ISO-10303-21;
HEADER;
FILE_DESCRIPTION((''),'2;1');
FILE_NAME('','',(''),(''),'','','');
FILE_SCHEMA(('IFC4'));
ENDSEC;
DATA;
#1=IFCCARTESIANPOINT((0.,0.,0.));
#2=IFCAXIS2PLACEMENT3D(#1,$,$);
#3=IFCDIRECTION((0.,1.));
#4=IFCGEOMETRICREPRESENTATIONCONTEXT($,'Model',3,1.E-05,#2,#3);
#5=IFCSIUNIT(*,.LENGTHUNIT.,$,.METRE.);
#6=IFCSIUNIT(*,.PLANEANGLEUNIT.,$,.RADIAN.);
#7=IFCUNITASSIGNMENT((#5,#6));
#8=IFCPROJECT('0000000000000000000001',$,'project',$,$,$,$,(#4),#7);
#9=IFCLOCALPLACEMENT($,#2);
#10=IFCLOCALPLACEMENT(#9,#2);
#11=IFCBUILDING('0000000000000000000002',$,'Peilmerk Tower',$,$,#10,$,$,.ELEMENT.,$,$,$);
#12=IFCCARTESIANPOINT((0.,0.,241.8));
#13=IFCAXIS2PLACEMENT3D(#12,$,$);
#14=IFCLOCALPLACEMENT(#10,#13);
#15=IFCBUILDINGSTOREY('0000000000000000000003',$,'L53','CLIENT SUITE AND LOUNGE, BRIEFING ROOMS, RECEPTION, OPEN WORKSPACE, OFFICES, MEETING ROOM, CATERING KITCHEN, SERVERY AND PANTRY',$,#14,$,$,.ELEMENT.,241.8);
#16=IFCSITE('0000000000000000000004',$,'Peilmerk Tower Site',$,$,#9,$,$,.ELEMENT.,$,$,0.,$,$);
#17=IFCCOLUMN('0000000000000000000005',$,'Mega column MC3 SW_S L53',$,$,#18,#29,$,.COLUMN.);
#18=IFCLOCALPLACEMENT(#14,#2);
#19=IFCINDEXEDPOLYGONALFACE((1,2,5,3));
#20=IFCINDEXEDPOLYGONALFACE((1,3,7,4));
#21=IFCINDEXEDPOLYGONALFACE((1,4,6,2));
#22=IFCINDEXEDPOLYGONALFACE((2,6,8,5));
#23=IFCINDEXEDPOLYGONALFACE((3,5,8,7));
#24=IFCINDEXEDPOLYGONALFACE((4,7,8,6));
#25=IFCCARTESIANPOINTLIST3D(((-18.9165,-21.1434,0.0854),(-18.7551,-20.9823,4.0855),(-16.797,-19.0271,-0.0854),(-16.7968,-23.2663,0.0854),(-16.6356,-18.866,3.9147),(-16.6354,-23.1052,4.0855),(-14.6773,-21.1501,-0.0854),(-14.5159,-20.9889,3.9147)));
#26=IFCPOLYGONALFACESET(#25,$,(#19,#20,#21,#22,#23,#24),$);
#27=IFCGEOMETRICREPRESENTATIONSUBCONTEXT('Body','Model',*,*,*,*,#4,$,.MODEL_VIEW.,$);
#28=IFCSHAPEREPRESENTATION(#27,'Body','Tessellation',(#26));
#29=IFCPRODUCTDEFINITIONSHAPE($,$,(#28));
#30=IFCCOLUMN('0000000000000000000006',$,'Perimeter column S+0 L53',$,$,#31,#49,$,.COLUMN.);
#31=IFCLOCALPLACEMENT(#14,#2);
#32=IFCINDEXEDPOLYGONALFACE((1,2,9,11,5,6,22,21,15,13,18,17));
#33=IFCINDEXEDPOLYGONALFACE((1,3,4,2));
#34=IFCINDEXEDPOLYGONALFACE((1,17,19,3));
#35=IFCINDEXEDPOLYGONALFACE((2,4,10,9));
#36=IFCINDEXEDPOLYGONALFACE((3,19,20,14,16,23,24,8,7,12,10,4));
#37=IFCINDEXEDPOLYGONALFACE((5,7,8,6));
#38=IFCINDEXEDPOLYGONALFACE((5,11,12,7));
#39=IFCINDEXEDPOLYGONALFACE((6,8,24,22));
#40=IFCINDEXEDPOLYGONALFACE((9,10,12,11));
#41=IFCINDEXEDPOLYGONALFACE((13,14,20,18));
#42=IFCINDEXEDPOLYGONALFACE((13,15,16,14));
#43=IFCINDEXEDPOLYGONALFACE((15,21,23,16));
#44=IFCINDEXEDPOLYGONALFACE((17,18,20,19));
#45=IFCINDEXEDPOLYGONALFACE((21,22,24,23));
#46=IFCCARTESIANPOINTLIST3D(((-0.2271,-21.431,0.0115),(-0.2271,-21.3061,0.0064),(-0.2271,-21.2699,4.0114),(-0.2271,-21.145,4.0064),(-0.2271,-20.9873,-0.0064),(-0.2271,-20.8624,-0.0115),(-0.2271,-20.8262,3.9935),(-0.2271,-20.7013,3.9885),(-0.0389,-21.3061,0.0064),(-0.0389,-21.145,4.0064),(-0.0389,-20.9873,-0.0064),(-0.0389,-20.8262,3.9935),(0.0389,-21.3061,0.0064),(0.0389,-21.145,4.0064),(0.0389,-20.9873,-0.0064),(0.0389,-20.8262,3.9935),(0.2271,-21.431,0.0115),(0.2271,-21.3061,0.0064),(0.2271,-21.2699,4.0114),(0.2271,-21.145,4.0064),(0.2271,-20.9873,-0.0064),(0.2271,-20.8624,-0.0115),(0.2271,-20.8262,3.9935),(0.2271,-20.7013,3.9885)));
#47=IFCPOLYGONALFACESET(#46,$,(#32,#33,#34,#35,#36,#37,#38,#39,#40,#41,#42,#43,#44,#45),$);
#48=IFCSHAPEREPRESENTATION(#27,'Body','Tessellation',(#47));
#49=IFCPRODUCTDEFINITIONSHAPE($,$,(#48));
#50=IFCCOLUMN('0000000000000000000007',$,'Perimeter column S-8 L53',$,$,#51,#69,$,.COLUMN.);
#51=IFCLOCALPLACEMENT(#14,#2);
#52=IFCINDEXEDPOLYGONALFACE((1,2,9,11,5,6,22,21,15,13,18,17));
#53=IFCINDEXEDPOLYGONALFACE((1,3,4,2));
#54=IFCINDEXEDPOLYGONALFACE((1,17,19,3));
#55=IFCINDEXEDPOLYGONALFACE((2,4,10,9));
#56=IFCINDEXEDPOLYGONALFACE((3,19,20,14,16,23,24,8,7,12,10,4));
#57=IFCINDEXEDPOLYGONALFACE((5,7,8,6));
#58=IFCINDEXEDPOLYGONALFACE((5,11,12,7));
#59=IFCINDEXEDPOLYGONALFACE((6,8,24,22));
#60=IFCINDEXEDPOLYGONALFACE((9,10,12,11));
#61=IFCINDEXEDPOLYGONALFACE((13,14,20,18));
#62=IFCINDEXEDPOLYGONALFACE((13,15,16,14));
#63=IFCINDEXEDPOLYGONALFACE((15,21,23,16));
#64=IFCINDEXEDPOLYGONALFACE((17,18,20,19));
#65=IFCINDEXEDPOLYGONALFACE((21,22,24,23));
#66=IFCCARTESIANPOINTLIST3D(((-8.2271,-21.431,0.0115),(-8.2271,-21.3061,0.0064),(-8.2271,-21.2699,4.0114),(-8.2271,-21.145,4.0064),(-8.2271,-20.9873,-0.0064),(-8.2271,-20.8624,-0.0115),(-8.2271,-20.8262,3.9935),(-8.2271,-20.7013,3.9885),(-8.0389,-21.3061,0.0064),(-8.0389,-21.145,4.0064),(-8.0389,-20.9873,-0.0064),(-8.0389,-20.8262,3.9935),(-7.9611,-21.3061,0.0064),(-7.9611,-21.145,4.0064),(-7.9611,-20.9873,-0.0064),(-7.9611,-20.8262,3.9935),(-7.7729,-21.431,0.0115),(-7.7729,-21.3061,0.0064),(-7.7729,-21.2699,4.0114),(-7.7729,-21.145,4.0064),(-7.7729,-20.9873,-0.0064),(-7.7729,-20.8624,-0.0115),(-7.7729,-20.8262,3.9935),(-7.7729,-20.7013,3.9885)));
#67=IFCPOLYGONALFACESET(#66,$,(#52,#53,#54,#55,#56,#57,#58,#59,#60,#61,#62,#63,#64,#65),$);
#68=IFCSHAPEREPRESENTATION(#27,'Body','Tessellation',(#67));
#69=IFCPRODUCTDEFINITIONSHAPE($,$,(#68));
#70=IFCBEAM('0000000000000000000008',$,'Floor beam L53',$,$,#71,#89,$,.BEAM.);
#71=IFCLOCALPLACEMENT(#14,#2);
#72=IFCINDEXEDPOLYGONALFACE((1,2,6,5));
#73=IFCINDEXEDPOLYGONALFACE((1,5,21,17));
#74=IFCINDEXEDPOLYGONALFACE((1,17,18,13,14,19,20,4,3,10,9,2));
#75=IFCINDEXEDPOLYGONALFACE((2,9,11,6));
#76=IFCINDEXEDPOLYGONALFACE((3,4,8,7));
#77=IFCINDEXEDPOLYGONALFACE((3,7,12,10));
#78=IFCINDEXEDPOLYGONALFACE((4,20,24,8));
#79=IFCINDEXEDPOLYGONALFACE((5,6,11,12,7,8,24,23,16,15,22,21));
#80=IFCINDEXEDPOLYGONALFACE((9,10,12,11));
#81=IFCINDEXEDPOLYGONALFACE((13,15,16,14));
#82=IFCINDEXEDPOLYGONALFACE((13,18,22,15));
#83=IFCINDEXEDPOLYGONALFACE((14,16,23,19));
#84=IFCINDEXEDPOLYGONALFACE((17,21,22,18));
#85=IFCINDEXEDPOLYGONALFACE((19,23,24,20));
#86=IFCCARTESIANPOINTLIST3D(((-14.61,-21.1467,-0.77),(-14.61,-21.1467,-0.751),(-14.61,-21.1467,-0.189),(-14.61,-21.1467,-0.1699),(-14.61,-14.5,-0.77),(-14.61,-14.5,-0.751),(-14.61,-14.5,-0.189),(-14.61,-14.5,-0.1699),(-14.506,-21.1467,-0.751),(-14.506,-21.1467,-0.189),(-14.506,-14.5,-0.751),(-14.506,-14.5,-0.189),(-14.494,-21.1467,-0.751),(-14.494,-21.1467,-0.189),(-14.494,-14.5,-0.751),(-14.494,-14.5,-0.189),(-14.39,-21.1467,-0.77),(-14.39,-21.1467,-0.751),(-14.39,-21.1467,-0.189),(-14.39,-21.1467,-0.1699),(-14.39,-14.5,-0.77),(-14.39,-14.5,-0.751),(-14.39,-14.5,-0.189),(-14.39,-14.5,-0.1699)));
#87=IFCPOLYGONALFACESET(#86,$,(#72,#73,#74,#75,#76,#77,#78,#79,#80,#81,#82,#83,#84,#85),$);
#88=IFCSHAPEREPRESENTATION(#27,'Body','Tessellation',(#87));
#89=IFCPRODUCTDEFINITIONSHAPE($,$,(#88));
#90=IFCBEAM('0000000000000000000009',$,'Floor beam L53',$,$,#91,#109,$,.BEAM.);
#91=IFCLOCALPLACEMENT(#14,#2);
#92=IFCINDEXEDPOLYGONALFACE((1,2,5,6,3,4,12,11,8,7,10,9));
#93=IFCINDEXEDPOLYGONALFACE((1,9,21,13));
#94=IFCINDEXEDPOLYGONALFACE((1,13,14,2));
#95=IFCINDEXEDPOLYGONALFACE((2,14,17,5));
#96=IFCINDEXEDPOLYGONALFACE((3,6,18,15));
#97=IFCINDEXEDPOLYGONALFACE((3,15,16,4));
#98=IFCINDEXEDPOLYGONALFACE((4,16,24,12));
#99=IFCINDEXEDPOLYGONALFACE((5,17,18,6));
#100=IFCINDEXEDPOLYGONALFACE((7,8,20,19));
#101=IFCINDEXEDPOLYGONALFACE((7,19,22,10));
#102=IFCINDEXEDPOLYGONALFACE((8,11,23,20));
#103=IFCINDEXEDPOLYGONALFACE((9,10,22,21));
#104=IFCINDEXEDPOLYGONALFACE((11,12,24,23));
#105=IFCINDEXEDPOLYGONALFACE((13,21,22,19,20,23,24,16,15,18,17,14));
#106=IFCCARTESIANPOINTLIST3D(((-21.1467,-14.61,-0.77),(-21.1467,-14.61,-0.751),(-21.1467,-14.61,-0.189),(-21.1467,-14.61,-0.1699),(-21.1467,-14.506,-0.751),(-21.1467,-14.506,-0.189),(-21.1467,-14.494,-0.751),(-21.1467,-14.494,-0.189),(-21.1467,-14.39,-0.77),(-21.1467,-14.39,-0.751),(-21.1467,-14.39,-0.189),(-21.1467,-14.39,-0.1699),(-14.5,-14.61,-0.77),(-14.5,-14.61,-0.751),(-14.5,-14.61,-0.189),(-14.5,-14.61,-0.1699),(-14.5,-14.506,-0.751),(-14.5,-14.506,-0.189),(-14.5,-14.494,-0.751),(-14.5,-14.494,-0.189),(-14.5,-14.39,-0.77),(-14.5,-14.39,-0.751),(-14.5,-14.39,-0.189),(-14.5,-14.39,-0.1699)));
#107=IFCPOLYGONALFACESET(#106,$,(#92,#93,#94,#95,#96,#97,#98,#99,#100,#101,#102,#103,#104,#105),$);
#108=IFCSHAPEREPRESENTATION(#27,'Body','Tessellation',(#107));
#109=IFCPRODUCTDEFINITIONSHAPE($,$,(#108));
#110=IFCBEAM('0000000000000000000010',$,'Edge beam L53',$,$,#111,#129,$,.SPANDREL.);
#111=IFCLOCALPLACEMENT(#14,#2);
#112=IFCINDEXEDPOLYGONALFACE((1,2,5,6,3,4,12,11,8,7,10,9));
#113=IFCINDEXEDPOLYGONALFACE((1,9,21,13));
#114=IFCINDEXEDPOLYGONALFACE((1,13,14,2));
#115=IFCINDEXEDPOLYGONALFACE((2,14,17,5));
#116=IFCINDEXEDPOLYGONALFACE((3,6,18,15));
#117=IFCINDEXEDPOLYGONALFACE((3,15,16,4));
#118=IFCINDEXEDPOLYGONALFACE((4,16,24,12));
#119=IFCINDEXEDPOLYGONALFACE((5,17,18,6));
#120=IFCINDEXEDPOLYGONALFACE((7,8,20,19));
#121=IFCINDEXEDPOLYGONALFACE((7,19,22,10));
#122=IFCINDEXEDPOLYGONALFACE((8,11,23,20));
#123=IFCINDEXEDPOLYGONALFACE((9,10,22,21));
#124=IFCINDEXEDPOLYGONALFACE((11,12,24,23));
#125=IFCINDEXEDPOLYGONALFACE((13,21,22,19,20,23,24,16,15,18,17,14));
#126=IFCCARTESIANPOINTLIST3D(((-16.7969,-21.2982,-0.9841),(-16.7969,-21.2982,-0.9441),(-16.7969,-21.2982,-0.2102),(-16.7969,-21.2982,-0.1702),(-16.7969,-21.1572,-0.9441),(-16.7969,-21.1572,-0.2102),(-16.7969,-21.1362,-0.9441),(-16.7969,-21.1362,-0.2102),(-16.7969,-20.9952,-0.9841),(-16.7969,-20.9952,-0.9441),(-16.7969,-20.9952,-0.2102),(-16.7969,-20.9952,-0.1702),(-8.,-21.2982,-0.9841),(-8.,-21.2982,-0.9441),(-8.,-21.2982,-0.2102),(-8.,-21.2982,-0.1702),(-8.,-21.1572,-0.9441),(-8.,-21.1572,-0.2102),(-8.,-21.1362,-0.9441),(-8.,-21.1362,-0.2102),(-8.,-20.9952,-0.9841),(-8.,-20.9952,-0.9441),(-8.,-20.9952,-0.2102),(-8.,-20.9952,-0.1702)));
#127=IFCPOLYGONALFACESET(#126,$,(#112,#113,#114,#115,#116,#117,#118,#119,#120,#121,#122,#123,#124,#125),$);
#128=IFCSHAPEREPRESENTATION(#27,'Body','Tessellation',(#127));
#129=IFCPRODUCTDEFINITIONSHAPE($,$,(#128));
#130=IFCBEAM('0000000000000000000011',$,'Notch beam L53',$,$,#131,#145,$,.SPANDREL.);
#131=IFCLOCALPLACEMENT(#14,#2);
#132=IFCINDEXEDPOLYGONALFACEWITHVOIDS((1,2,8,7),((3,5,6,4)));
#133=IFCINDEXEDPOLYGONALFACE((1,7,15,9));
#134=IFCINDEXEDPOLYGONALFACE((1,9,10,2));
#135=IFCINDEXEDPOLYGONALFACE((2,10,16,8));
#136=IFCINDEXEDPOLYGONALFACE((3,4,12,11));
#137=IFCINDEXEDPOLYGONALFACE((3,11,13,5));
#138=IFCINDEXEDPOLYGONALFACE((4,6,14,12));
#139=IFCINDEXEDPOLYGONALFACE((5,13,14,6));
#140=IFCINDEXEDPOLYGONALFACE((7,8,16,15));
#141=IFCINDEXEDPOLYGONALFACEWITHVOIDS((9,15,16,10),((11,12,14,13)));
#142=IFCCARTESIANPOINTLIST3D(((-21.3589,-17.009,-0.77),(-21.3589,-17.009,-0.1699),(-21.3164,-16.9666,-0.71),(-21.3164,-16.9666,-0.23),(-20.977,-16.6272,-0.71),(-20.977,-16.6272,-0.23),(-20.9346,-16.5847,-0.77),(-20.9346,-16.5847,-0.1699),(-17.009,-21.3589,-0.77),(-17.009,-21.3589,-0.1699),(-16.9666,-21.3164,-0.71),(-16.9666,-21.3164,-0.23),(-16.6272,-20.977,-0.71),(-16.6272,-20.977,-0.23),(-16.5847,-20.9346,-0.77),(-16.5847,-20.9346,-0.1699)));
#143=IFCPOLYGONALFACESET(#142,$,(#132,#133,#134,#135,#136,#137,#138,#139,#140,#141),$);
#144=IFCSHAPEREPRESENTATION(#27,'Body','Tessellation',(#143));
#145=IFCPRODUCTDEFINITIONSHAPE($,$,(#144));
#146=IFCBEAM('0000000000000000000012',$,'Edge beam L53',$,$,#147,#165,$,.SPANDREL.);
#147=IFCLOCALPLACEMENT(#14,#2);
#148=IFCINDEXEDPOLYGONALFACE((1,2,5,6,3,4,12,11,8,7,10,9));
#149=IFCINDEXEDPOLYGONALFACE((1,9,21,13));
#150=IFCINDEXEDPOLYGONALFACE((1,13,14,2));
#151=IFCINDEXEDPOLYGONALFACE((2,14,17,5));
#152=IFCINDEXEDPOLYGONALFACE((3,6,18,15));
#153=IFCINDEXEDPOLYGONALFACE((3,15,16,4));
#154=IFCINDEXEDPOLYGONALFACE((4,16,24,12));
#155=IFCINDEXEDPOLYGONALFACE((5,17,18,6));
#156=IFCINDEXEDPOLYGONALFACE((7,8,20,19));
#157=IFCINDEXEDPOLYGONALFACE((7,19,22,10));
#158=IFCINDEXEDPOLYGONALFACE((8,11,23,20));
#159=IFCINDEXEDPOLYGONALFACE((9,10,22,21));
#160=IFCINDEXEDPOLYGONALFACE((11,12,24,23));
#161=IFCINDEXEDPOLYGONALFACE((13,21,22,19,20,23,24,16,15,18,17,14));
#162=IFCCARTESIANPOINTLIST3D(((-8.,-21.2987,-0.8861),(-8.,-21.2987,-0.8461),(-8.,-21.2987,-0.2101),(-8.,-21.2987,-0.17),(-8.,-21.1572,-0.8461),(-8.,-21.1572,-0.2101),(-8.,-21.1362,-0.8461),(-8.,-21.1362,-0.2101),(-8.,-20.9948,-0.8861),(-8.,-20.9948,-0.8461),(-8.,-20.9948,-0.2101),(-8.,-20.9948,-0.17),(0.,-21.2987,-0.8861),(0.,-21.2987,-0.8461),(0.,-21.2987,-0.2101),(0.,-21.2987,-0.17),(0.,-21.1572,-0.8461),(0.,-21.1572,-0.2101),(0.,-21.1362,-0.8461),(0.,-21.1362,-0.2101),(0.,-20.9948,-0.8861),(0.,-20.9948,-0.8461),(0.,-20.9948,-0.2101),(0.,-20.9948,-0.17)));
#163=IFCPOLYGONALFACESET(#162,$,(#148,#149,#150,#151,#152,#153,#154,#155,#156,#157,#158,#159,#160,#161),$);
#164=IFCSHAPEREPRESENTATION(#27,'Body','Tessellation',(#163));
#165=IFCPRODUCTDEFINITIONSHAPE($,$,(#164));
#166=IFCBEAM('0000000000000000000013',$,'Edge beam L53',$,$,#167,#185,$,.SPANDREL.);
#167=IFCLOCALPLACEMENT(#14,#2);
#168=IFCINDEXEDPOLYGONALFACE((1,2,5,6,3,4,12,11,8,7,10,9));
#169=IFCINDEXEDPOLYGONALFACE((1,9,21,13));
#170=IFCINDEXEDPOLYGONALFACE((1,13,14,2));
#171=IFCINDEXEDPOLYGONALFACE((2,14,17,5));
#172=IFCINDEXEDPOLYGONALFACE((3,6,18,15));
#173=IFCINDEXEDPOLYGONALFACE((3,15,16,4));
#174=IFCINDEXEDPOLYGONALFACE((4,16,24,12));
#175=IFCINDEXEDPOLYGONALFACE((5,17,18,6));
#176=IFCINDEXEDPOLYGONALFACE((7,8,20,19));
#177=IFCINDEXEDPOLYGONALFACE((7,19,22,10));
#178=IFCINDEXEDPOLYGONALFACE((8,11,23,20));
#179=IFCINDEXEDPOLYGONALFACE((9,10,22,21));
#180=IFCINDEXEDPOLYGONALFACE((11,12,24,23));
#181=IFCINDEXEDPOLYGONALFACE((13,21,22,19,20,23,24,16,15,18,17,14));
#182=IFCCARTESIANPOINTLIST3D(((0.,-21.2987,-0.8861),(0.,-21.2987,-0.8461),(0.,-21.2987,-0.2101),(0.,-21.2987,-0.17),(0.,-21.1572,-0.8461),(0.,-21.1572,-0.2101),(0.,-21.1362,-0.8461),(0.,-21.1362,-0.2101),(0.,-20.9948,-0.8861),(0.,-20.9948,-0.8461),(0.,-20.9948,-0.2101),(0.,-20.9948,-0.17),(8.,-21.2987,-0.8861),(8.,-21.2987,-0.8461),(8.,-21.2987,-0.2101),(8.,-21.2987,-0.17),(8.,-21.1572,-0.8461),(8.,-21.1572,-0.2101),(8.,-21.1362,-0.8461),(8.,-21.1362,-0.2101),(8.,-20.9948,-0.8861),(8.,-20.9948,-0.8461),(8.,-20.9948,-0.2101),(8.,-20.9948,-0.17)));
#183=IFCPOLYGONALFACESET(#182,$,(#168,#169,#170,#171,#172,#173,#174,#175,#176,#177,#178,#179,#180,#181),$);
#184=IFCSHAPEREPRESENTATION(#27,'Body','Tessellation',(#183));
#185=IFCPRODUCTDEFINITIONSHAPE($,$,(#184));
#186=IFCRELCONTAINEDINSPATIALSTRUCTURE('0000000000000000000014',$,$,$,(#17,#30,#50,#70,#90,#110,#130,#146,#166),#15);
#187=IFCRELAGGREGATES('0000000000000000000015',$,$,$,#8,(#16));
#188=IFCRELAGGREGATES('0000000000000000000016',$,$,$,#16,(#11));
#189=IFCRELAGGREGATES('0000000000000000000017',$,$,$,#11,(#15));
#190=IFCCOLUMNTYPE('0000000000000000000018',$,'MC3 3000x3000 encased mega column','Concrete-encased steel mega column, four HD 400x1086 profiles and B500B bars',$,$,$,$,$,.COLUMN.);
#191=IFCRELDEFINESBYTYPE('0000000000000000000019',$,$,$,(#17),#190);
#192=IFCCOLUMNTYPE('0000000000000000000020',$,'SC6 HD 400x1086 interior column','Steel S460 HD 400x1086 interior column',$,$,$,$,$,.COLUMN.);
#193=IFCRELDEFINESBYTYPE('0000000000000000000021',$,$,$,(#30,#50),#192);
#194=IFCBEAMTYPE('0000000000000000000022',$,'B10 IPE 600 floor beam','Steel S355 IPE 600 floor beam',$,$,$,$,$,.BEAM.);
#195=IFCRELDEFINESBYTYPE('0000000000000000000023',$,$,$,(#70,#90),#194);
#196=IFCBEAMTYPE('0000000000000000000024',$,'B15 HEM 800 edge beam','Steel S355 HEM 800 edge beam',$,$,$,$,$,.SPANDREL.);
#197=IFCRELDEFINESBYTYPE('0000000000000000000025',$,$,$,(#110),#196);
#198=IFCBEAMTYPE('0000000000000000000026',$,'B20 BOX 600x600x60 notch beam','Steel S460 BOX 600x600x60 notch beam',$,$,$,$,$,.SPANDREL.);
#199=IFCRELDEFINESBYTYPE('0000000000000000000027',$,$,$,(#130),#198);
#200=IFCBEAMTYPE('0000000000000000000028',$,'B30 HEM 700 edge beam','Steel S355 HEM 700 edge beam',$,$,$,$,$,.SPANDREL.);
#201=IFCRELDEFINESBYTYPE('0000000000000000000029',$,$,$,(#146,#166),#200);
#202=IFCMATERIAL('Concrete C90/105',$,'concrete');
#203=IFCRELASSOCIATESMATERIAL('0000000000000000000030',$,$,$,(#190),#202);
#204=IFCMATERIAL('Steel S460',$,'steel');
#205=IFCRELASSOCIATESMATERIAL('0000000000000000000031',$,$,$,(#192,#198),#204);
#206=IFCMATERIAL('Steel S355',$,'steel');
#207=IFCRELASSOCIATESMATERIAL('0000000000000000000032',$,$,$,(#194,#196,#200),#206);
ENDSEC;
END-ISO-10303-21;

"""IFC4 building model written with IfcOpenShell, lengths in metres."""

from ifc_helpers import new_model, si_unit, direction, frame, origin, origin_2d, place, context, subcontext, project, spatial, rectangle, hollow_rectangle, i_section, extrude, material, material_profile, profile_set, type_object, element, save


model = new_model("IFC4")

# Units and contexts
model_context = context("Model", 3, precision=1e-05, world=origin(), true_north=direction((0.0, 1.0)))
body_context = subcontext(model_context, "Body", "Model", "MODEL_VIEW")
ifc_project = project(units=[si_unit("LENGTHUNIT", "METRE"), si_unit("PLANEANGLEUNIT", "RADIAN")], contexts=[model_context])

# Site, building, storey
site_placement = place(None, origin())
site = spatial("IfcSite", under=ifc_project, at=site_placement, Name="Peilmerk Tower Site", CompositionType="ELEMENT", RefElevation=0.0)
building_placement = place(site_placement, origin())
building = spatial("IfcBuilding", under=site, at=building_placement, Name="Peilmerk Tower", CompositionType="ELEMENT")
storey_placement = place(building_placement, frame((0.0, 0.0, 241.8)))
storey = spatial("IfcBuildingStorey", under=building, at=storey_placement, Name="L53", Description="CLIENT SUITE AND LOUNGE, BRIEFING ROOMS, RECEPTION, OPEN WORKSPACE, OFFICES, MEETING ROOM, CATERING KITCHEN, SERVERY AND PANTRY", CompositionType="ELEMENT", Elevation=241.8)

# Columns
ifc_material_1 = material(Name="Concrete C90/105", Category="concrete")
ifc_material_profile_1 = material_profile(ifc_material_1, rectangle(XDim=3.0, YDim=3.0, at=origin_2d()), Name="RC 3000x3000")
ifc_profile_set_1 = profile_set([ifc_material_profile_1], Name="Concrete C90/105")
column_type_1 = type_object("IfcColumnType", Name="MC3 3000x3000 encased mega column", Description="Concrete-encased steel mega column, four HD 400x1086 profiles and B500B bars", PredefinedType="COLUMN", material=ifc_profile_set_1)
column_placement = place(storey_placement, frame((-16.7969, -21.1467, 0.0), z_axis=(0.040279, 0.040218, 0.998379), x_axis=(-0.706571, 0.707642, 0.0)))
element("IfcColumn", 1, at=column_placement, inside=storey, type_object=column_type_1, Name="Mega column MC3 SW_S L53", PredefinedType="COLUMN", context=body_context, shape_type="SweptSolid", body=[
    extrude(rectangle(XDim=3.0, YDim=3.0, at=origin_2d()), origin(), (0.0, 0.0, 1.0), 4.0066),
])
ifc_material_2 = material(Name="Steel S460", Category="steel")
ifc_material_profile_2 = material_profile(ifc_material_2, i_section(OverallWidth=0.4541, OverallDepth=0.5691, WebThickness=0.0779, FlangeThickness=0.125, at=origin_2d()), Name="HD 400x1086")
ifc_profile_set_2 = profile_set([ifc_material_profile_2], Name="Steel S460")
column_type_2 = type_object("IfcColumnType", Name="SC6 HD 400x1086 interior column", Description="Steel S460 HD 400x1086 interior column", PredefinedType="COLUMN", material=ifc_profile_set_2)
for number, where, z_axis, x_axis, name in (
    (2, (0.0, -21.1467, 0.0), (0.0, 0.040251, 0.99919), (-1.0, 0.0, 0.0), "Perimeter column S+0 L53"),
    (3, (-8.0, -21.1467, 0.0), (0.0, 0.040251, 0.99919), (-1.0, 0.0, 0.0), "Perimeter column S-8 L53"),
):
    element("IfcColumn", number, at=place(storey_placement, frame(where, z_axis=z_axis, x_axis=x_axis)), inside=storey, type_object=column_type_2, Name=name, PredefinedType="COLUMN", context=body_context, shape_type="SweptSolid", body=[
        extrude(i_section(OverallWidth=0.4541, OverallDepth=0.5691, WebThickness=0.0779, FlangeThickness=0.125, at=origin_2d()), origin(), (0.0, 0.0, 1.0), 4.0032),
    ])

# Beams
ifc_material_3 = material(Name="Steel S355", Category="steel")
ifc_material_profile_3 = material_profile(ifc_material_3, i_section(OverallWidth=0.22, OverallDepth=0.6001, WebThickness=0.012, FlangeThickness=0.019, at=origin_2d()), Name="IPE 600")
ifc_profile_set_3 = profile_set([ifc_material_profile_3], Name="Steel S355")
beam_type_1 = type_object("IfcBeamType", Name="B10 IPE 600 floor beam", Description="Steel S355 IPE 600 floor beam", PredefinedType="BEAM", material=ifc_profile_set_3)
for number, where, z_axis, x_axis, name in (
    (4, (-14.5, -14.5, -0.47), (0.0, -1.0, 0.0), (1.0, 0.0, 0.0), "Floor beam L53"),
    (5, (-14.5, -14.5, -0.47), (-1.0, 0.0, 0.0), (0.0, -1.0, 0.0), "Floor beam L53"),
):
    element("IfcBeam", number, at=place(storey_placement, frame(where, z_axis=z_axis, x_axis=x_axis)), inside=storey, type_object=beam_type_1, Name=name, PredefinedType="BEAM", context=body_context, shape_type="SweptSolid", body=[
        extrude(i_section(OverallWidth=0.22, OverallDepth=0.6001, WebThickness=0.012, FlangeThickness=0.019, at=origin_2d()), origin(), (0.0, 0.0, 1.0), 6.6467),
    ])
ifc_material_profile_4 = material_profile(ifc_material_3, i_section(OverallWidth=0.303, OverallDepth=0.814, WebThickness=0.021, FlangeThickness=0.04, at=origin_2d()), Name="HEM 800")
ifc_profile_set_4 = profile_set([ifc_material_profile_4], Name="Steel S355")
beam_type_2 = type_object("IfcBeamType", Name="B15 HEM 800 edge beam", Description="Steel S355 HEM 800 edge beam", PredefinedType="SPANDREL", material=ifc_profile_set_4)
beam_1_placement = place(storey_placement, frame((-16.7969, -21.1467, -0.5771), z_axis=(1.0, 0.0, 0.0), x_axis=(0.0, 1.0, 0.0)))
element("IfcBeam", 6, at=beam_1_placement, inside=storey, type_object=beam_type_2, Name="Edge beam L53", PredefinedType="SPANDREL", context=body_context, shape_type="SweptSolid", body=[
    extrude(i_section(OverallWidth=0.303, OverallDepth=0.814, WebThickness=0.021, FlangeThickness=0.04, at=origin_2d()), origin(), (0.0, 0.0, 1.0), 8.7969),
])
ifc_material_profile_5 = material_profile(ifc_material_2, hollow_rectangle(XDim=0.6001, YDim=0.6001, WallThickness=0.0601, at=origin_2d()), Name="BOX 600x600x60")
ifc_profile_set_5 = profile_set([ifc_material_profile_5], Name="Steel S460")
beam_type_3 = type_object("IfcBeamType", Name="B20 BOX 600x600x60 notch beam", Description="Steel S460 BOX 600x600x60 notch beam", PredefinedType="SPANDREL", material=ifc_profile_set_5)
beam_2_placement = place(storey_placement, frame((-16.7969, -21.1467, -0.47), z_axis=(-0.707107, 0.707107, 0.0), x_axis=(-0.707107, -0.707107, 0.0)))
element("IfcBeam", 7, at=beam_2_placement, inside=storey, type_object=beam_type_3, Name="Notch beam L53", PredefinedType="SPANDREL", context=body_context, shape_type="SweptSolid", body=[
    extrude(hollow_rectangle(XDim=0.6001, YDim=0.6001, WallThickness=0.0601, at=origin_2d()), origin(), (0.0, 0.0, 1.0), 6.1516),
])
ifc_material_profile_6 = material_profile(ifc_material_3, i_section(OverallWidth=0.304, OverallDepth=0.7161, WebThickness=0.021, FlangeThickness=0.04, at=origin_2d()), Name="HEM 700")
ifc_profile_set_6 = profile_set([ifc_material_profile_6], Name="Steel S355")
beam_type_4 = type_object("IfcBeamType", Name="B30 HEM 700 edge beam", Description="Steel S355 HEM 700 edge beam", PredefinedType="SPANDREL", material=ifc_profile_set_6)
for number, where, z_axis, x_axis, name in (
    (8, (-8.0, -21.1467, -0.5281), (1.0, 0.0, 0.0), (0.0, 1.0, 0.0), "Edge beam L53"),
    (9, (0.0, -21.1467, -0.5281), (1.0, 0.0, 0.0), (0.0, 1.0, 0.0), "Edge beam L53"),
):
    element("IfcBeam", number, at=place(storey_placement, frame(where, z_axis=z_axis, x_axis=x_axis)), inside=storey, type_object=beam_type_4, Name=name, PredefinedType="SPANDREL", context=body_context, shape_type="SweptSolid", body=[
        extrude(i_section(OverallWidth=0.304, OverallDepth=0.7161, WebThickness=0.021, FlangeThickness=0.04, at=origin_2d()), origin(), (0.0, 0.0, 1.0), 8.0),
    ])

save(model, "model.ifc")
